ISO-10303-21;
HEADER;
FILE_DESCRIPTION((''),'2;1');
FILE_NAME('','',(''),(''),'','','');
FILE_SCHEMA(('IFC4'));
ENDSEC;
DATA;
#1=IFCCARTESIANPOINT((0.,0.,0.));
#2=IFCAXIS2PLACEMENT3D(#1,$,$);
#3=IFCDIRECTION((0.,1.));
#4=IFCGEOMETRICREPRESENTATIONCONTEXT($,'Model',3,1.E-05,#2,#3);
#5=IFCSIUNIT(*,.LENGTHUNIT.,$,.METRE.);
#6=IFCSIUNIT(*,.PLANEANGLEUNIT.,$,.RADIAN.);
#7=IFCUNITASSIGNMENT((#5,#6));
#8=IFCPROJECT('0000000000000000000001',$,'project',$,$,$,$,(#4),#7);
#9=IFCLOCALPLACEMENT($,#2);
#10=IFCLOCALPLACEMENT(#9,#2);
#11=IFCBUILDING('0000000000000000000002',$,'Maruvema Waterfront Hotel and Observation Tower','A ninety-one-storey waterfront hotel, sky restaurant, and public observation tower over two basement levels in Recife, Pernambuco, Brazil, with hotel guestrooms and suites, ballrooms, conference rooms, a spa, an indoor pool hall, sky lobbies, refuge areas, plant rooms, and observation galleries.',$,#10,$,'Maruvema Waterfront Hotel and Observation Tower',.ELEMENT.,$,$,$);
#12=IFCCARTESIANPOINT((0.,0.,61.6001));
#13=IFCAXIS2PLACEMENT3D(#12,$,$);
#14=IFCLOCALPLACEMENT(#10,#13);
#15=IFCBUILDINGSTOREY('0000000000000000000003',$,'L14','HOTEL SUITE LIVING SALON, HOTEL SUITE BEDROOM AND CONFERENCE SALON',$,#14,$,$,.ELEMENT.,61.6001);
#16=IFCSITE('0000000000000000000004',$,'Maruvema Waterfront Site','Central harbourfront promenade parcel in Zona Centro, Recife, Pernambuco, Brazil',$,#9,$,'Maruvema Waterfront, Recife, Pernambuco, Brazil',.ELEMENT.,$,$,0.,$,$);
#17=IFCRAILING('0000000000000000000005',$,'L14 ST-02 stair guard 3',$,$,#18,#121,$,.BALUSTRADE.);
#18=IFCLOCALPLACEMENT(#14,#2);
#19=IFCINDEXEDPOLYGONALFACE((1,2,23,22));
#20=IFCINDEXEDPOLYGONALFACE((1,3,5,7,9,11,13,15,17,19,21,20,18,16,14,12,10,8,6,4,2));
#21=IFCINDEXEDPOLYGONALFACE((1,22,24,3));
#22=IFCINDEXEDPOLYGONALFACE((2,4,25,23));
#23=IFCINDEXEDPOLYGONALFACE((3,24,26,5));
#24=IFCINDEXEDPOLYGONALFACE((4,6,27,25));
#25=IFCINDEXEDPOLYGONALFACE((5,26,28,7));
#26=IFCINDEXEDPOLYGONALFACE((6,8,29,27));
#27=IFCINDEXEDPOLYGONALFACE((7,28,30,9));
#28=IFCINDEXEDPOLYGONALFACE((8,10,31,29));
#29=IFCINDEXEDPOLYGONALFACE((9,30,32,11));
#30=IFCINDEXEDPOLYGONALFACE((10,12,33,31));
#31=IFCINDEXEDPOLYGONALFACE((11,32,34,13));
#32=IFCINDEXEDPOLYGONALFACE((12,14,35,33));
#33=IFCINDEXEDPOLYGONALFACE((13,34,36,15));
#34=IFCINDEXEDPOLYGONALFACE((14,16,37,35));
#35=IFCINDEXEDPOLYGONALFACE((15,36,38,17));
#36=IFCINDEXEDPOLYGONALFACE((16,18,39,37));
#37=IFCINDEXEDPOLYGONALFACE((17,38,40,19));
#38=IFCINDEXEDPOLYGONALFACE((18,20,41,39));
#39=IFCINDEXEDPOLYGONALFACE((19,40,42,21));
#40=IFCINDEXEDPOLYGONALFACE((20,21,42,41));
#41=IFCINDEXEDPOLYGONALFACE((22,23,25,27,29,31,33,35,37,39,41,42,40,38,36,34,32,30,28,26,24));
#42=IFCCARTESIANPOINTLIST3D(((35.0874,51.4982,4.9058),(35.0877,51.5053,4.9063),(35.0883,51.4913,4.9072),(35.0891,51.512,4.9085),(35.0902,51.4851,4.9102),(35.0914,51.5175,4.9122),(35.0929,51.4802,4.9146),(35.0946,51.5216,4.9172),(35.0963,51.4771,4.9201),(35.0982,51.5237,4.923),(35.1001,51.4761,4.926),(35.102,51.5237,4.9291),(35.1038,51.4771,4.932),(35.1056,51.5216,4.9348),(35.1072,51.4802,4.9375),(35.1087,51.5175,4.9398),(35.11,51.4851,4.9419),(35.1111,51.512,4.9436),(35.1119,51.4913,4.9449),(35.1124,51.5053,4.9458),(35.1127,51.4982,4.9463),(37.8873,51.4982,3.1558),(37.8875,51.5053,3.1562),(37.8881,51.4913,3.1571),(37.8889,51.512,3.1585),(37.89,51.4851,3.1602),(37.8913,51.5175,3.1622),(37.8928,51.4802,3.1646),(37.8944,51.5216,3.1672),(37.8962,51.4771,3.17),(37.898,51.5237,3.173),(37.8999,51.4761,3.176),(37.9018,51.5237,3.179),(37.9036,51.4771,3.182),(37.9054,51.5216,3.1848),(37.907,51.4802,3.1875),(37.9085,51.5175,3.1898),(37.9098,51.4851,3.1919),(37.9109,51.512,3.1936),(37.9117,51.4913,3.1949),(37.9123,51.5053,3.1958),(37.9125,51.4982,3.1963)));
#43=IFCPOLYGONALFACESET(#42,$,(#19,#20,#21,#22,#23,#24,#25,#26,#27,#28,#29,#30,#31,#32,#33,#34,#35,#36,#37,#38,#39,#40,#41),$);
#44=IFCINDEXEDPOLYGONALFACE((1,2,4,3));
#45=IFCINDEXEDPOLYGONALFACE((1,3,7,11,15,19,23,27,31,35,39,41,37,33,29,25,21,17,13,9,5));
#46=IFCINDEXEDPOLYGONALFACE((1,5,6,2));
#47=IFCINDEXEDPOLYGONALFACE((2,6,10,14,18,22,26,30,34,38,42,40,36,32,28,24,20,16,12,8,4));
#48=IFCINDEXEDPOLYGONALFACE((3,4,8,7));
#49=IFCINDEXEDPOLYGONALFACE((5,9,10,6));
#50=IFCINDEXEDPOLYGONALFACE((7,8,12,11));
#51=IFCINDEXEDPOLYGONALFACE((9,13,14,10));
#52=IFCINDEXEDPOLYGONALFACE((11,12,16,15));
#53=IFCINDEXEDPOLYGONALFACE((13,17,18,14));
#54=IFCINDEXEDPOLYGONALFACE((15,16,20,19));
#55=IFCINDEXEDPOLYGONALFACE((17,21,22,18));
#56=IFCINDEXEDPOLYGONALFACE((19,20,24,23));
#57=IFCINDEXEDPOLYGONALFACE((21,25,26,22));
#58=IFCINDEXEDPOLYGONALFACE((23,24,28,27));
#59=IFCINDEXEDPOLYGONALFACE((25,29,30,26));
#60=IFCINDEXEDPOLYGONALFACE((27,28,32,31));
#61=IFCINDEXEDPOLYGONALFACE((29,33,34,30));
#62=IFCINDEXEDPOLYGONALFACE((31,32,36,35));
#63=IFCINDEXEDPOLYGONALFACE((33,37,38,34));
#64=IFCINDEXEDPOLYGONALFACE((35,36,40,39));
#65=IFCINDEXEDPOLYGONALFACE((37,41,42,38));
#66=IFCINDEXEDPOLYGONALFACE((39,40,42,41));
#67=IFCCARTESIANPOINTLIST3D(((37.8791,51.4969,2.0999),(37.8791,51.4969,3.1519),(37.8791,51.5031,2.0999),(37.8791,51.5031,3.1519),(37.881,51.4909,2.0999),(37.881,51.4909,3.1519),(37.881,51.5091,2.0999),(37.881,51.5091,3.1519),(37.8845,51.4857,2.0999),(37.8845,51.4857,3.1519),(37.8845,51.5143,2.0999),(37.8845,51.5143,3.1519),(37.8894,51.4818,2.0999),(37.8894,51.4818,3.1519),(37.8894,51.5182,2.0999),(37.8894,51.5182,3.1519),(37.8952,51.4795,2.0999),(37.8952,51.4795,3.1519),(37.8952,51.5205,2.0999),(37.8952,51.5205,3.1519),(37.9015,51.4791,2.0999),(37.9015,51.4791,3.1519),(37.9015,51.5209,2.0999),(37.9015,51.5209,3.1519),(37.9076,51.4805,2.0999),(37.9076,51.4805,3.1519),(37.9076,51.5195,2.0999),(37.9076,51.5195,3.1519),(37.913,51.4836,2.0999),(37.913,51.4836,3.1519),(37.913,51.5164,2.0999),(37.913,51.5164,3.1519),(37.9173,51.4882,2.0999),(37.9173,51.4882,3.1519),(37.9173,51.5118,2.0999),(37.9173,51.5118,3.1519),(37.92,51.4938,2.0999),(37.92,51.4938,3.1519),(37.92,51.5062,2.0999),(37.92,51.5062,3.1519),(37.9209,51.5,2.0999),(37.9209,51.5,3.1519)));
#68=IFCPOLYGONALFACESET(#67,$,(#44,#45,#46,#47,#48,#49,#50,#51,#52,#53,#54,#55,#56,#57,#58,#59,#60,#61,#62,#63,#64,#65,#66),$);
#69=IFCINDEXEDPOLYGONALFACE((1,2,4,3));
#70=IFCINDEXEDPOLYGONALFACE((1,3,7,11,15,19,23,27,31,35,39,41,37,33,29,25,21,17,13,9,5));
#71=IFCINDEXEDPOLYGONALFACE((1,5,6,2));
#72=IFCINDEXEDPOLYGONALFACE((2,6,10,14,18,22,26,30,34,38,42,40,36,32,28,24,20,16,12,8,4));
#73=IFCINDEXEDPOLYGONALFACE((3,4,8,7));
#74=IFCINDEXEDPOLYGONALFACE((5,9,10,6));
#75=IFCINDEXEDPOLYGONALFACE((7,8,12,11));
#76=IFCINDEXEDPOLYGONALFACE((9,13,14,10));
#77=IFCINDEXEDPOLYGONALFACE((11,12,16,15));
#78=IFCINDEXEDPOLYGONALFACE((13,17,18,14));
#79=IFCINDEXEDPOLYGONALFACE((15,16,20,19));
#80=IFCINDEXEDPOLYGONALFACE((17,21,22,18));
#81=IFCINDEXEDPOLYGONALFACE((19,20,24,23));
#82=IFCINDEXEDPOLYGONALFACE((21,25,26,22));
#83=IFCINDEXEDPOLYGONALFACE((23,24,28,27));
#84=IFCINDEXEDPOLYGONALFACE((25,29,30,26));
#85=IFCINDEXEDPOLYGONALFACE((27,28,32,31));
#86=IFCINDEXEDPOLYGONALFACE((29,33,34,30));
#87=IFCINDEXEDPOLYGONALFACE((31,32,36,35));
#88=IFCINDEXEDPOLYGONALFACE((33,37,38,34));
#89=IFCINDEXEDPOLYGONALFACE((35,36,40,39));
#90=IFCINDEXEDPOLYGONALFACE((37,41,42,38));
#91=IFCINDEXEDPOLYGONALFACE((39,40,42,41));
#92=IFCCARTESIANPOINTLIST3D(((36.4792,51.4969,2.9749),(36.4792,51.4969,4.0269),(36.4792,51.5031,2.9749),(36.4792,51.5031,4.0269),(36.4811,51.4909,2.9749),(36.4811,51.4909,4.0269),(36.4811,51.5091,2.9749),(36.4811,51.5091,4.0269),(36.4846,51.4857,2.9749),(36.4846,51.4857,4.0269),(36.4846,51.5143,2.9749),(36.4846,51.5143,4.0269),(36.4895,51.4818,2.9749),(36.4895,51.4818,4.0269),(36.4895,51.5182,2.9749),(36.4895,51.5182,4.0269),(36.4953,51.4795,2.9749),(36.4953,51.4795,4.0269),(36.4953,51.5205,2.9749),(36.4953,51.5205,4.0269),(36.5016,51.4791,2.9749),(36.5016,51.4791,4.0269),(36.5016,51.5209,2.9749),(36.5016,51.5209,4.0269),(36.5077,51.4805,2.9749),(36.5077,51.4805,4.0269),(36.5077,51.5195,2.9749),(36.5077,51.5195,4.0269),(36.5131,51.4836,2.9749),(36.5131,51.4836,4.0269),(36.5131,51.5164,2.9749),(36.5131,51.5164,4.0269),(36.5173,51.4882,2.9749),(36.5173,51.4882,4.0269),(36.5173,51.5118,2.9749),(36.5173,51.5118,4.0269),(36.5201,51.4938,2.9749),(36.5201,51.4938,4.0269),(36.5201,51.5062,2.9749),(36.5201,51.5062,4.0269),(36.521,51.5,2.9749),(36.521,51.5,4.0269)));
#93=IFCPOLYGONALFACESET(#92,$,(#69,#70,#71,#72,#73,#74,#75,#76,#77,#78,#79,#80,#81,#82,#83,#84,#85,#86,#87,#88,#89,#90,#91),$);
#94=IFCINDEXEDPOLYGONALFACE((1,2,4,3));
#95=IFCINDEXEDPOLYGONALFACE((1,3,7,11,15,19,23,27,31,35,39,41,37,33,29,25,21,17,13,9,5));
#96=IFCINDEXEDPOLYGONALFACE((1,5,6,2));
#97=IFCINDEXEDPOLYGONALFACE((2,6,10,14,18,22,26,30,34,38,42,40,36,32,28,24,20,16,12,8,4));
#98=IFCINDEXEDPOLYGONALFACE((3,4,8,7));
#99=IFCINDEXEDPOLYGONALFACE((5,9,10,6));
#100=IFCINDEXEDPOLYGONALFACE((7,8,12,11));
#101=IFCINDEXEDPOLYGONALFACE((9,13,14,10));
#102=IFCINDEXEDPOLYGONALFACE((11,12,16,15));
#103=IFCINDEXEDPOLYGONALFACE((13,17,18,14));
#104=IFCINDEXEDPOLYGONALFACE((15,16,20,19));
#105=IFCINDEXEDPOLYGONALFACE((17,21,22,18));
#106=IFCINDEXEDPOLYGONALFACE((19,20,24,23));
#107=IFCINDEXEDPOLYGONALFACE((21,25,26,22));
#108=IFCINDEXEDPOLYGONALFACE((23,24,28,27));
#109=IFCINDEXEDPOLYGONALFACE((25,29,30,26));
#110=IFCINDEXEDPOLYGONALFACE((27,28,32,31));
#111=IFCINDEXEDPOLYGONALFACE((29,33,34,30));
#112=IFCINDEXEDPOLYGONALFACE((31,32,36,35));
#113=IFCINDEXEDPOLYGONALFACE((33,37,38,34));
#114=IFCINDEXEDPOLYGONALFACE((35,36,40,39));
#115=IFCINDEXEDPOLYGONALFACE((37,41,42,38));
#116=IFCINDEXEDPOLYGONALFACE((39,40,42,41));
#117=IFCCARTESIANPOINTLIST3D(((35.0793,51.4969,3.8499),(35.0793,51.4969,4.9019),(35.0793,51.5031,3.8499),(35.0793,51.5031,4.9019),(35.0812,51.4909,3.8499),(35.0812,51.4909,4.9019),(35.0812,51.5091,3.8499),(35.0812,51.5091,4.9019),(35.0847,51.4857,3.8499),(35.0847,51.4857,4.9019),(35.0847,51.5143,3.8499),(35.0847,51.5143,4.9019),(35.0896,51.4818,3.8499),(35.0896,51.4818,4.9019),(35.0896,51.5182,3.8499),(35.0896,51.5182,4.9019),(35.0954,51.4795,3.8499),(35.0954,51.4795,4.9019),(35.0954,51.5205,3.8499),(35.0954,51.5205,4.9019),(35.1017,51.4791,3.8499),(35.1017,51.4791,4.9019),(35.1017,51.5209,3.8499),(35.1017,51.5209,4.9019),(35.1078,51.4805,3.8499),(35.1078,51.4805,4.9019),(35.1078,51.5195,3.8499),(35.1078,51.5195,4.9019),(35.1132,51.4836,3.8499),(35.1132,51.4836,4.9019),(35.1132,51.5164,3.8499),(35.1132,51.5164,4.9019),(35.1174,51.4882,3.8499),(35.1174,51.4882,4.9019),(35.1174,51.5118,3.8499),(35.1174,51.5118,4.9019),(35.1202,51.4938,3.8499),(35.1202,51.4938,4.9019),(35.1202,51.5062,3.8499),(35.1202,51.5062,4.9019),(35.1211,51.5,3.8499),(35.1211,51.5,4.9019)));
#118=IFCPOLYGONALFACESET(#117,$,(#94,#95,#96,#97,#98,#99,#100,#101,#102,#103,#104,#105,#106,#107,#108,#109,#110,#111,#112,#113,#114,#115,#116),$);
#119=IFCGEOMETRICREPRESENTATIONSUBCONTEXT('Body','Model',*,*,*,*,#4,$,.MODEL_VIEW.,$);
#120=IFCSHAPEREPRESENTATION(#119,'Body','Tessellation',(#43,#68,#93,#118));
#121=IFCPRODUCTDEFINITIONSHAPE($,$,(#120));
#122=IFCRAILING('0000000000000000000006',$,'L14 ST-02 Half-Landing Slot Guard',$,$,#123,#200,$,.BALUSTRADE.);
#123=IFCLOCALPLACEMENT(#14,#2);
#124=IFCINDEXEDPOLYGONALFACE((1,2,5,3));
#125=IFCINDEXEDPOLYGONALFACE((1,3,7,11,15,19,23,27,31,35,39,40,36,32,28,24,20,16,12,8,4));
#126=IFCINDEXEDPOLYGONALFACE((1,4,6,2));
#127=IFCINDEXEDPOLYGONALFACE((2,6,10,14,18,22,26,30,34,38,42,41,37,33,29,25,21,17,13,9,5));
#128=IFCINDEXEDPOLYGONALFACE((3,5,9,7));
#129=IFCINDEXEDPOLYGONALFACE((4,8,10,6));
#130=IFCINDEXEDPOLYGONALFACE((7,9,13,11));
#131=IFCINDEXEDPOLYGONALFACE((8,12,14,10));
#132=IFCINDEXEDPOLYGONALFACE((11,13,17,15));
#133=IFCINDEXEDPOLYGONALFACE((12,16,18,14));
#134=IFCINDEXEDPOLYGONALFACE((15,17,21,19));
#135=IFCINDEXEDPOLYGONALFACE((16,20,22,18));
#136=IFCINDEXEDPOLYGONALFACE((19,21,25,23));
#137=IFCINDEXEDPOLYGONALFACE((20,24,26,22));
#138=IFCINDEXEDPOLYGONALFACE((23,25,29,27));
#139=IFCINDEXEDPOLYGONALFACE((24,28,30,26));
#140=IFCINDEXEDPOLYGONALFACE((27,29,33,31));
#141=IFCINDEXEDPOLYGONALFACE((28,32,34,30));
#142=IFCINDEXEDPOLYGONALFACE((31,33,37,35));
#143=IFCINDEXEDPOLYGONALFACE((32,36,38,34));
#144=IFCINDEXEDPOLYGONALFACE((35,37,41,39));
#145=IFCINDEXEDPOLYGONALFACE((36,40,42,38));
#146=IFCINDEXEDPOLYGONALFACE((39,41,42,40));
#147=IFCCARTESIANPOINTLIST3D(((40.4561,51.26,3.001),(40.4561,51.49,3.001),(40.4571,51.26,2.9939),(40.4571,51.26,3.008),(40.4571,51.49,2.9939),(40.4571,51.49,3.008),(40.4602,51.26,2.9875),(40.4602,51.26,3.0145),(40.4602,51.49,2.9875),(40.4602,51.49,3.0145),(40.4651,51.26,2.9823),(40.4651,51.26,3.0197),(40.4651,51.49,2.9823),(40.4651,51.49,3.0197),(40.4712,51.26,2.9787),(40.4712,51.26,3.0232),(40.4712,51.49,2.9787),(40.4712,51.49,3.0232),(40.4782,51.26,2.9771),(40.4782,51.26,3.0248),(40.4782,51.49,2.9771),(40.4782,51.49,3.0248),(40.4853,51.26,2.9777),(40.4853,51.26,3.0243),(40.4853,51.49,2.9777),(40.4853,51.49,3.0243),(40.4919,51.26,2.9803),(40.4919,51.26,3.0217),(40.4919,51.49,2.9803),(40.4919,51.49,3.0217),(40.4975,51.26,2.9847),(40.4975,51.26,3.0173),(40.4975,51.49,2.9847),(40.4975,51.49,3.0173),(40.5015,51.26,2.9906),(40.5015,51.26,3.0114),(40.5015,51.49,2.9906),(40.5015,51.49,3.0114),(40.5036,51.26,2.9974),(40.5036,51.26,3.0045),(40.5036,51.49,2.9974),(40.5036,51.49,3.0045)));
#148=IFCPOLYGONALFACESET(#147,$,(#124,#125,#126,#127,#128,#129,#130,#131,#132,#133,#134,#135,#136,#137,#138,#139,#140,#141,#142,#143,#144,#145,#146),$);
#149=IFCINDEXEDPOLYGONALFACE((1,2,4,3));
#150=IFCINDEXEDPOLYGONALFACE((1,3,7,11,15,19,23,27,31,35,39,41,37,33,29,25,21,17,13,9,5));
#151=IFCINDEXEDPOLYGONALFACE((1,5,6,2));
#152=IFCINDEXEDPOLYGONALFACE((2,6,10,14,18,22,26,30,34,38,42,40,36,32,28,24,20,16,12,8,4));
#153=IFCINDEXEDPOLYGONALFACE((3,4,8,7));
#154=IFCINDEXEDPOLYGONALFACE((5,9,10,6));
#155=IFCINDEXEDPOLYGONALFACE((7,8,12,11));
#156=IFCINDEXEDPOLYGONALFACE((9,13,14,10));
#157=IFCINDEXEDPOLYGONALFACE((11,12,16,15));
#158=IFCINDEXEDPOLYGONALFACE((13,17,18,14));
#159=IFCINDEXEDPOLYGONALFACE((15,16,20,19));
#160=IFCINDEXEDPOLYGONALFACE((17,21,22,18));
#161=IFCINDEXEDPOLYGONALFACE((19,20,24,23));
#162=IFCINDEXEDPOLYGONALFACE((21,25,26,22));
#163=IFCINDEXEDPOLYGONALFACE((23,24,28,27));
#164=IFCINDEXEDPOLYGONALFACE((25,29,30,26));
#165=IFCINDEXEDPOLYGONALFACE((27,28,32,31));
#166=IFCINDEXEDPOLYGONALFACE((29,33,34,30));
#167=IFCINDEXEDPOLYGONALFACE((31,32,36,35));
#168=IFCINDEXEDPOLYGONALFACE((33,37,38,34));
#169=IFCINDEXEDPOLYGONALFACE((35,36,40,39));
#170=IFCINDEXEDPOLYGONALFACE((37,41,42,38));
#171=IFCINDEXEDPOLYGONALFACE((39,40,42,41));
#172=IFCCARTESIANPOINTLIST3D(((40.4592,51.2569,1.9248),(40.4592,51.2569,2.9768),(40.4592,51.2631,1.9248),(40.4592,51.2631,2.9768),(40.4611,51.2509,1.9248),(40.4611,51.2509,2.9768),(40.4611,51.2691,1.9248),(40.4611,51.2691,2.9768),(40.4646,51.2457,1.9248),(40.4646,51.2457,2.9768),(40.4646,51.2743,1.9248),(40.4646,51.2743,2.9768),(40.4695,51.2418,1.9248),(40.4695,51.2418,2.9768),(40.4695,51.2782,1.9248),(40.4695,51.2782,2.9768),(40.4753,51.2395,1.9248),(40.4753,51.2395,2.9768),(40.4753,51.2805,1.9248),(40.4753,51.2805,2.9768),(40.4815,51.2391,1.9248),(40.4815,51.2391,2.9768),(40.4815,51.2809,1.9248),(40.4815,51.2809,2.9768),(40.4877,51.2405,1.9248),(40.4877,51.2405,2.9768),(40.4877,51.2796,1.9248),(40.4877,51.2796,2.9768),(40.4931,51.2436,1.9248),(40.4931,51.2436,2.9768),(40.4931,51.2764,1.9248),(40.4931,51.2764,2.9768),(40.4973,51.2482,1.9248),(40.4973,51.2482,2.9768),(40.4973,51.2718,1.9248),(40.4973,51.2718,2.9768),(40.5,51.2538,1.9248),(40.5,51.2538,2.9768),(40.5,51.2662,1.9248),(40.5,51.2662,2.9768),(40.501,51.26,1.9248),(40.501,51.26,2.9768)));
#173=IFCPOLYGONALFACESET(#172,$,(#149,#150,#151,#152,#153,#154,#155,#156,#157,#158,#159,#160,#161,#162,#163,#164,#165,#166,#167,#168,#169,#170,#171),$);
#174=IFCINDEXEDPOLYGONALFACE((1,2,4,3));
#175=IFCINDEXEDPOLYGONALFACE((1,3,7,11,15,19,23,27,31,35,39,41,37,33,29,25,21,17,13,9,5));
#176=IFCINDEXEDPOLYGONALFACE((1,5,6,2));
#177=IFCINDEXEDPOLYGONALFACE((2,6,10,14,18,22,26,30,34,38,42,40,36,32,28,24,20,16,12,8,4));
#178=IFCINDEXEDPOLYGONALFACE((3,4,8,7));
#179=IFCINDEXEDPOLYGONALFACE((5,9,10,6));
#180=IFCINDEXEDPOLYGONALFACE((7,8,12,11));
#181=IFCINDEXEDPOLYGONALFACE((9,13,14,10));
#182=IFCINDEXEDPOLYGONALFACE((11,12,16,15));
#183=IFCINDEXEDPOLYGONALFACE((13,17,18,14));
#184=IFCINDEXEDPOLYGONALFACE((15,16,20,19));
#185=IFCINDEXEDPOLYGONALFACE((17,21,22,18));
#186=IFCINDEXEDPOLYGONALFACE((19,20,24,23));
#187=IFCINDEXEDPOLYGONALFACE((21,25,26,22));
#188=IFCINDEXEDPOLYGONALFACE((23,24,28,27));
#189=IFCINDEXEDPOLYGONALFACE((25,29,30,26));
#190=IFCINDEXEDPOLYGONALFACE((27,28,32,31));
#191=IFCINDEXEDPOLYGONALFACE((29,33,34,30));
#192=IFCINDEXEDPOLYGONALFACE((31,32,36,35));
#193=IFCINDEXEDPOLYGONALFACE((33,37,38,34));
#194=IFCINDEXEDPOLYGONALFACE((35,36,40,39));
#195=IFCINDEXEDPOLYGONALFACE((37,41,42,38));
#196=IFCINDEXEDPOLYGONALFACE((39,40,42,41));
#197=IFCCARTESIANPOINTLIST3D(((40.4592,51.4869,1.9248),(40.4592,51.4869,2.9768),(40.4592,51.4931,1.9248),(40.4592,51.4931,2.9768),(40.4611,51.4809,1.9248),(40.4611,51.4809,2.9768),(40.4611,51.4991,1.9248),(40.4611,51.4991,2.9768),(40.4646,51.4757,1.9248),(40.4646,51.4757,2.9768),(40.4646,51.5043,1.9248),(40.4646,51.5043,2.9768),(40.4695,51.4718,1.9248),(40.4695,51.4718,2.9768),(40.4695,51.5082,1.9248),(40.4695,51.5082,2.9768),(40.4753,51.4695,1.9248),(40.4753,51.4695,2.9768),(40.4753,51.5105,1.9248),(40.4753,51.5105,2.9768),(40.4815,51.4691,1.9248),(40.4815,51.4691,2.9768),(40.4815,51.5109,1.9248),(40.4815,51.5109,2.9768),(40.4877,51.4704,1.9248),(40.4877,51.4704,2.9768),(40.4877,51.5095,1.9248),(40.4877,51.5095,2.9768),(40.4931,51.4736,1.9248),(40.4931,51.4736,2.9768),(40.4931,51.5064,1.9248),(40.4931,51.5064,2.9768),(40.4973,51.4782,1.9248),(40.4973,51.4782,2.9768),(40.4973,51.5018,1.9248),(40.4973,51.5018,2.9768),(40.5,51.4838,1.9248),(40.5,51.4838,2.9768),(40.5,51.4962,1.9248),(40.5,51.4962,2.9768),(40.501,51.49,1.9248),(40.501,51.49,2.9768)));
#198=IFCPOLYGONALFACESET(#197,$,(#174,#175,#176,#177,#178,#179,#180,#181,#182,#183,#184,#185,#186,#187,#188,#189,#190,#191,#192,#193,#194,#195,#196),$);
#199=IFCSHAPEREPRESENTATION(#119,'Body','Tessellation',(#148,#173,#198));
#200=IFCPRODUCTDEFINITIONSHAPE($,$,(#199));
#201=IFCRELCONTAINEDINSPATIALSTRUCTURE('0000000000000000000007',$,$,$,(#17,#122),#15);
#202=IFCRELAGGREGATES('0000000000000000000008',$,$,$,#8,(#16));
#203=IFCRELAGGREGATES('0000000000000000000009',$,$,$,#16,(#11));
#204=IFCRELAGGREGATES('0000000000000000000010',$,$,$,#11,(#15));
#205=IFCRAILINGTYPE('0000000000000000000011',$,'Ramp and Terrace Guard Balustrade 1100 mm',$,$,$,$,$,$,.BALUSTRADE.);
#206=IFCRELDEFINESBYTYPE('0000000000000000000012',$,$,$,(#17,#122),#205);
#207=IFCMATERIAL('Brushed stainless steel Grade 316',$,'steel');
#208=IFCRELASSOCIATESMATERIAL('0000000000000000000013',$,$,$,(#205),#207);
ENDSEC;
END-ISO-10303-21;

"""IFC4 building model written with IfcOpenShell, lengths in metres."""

from ifc_helpers import new_model, si_unit, direction, frame, origin, origin_2d, place, context, subcontext, project, spatial, circle, extrude, material, type_object, element, save


model = new_model("IFC4")

# Units and contexts
model_context = context("Model", 3, precision=1e-05, world=origin(), true_north=direction((0.0, 1.0)))
body_context = subcontext(model_context, "Body", "Model", "MODEL_VIEW")
ifc_project = project(units=[si_unit("LENGTHUNIT", "METRE"), si_unit("PLANEANGLEUNIT", "RADIAN")], contexts=[model_context])

# Site, building, storey
site_placement = place(None, origin())
site = spatial("IfcSite", under=ifc_project, at=site_placement, Name="Maruvema Waterfront Site", Description="Central harbourfront promenade parcel in Zona Centro, Recife, Pernambuco, Brazil", LongName="Maruvema Waterfront, Recife, Pernambuco, Brazil", CompositionType="ELEMENT", RefElevation=0.0)
building_placement = place(site_placement, origin())
building = spatial("IfcBuilding", under=site, at=building_placement, Name="Maruvema Waterfront Hotel and Observation Tower", Description="A ninety-one-storey waterfront hotel, sky restaurant, and public observation tower over two basement levels in Recife, Pernambuco, Brazil, with hotel guestrooms and suites, ballrooms, conference rooms, a spa, an indoor pool hall, sky lobbies, refuge areas, plant rooms, and observation galleries.", LongName="Maruvema Waterfront Hotel and Observation Tower", CompositionType="ELEMENT")
storey_placement = place(building_placement, frame((0.0, 0.0, 61.6001)))
storey = spatial("IfcBuildingStorey", under=building, at=storey_placement, Name="L14", Description="HOTEL SUITE LIVING SALON, HOTEL SUITE BEDROOM AND CONFERENCE SALON", CompositionType="ELEMENT", Elevation=61.6001)

# Railings
ifc_material_1 = material(Name="Brushed stainless steel Grade 316", Category="steel")
railing_type_1 = type_object("IfcRailingType", Name="Ramp and Terrace Guard Balustrade 1100 mm", PredefinedType="BALUSTRADE", material=ifc_material_1)
railing_1_placement = place(storey_placement, frame((37.8999, 51.5, 2.0999)))
element("IfcRailing", 1, at=railing_1_placement, inside=storey, type_object=railing_type_1, Name="L14 ST-02 stair guard 3", PredefinedType="BALUSTRADE", context=body_context, shape_type="SweptSolid", body=[
    extrude(circle(Radius=0.0239, at=origin_2d()), frame((0.0, 0.0, 1.0762), z_axis=(-0.847982, 0.0, 0.530026), x_axis=(0.0, -1.0, 0.0)), (0.0, 0.0, 1.0), 3.3018),
    extrude(circle(Radius=0.021, at=origin_2d()), origin(), (0.0, 0.0, 1.0), 1.052),
    extrude(circle(Radius=0.021, at=origin_2d()), frame((-1.3999, 0.0, 0.875)), (0.0, 0.0, 1.0), 1.052),
    extrude(circle(Radius=0.021, at=origin_2d()), frame((-2.7998, 0.0, 1.75)), (0.0, 0.0, 1.0), 1.052),
])
railing_2_placement = place(storey_placement, frame((40.48, 51.26, 1.9248)))
element("IfcRailing", 2, at=railing_2_placement, inside=storey, type_object=railing_type_1, Name="L14 ST-02 Half-Landing Slot Guard", PredefinedType="BALUSTRADE", context=body_context, shape_type="SweptSolid", body=[
    extrude(circle(Radius=0.0239, at=origin_2d()), frame((0.0, 0.0, 1.0762), z_axis=(0.0, 1.0, 0.0), x_axis=(-1.0, 0.0, 0.0)), (0.0, 0.0, 1.0), 0.23),
    extrude(circle(Radius=0.021, at=origin_2d()), origin(), (0.0, 0.0, 1.0), 1.052),
    extrude(circle(Radius=0.021, at=origin_2d()), frame((0.0, 0.23, 0.0)), (0.0, 0.0, 1.0), 1.052),
])

save(model, "model.ifc")
